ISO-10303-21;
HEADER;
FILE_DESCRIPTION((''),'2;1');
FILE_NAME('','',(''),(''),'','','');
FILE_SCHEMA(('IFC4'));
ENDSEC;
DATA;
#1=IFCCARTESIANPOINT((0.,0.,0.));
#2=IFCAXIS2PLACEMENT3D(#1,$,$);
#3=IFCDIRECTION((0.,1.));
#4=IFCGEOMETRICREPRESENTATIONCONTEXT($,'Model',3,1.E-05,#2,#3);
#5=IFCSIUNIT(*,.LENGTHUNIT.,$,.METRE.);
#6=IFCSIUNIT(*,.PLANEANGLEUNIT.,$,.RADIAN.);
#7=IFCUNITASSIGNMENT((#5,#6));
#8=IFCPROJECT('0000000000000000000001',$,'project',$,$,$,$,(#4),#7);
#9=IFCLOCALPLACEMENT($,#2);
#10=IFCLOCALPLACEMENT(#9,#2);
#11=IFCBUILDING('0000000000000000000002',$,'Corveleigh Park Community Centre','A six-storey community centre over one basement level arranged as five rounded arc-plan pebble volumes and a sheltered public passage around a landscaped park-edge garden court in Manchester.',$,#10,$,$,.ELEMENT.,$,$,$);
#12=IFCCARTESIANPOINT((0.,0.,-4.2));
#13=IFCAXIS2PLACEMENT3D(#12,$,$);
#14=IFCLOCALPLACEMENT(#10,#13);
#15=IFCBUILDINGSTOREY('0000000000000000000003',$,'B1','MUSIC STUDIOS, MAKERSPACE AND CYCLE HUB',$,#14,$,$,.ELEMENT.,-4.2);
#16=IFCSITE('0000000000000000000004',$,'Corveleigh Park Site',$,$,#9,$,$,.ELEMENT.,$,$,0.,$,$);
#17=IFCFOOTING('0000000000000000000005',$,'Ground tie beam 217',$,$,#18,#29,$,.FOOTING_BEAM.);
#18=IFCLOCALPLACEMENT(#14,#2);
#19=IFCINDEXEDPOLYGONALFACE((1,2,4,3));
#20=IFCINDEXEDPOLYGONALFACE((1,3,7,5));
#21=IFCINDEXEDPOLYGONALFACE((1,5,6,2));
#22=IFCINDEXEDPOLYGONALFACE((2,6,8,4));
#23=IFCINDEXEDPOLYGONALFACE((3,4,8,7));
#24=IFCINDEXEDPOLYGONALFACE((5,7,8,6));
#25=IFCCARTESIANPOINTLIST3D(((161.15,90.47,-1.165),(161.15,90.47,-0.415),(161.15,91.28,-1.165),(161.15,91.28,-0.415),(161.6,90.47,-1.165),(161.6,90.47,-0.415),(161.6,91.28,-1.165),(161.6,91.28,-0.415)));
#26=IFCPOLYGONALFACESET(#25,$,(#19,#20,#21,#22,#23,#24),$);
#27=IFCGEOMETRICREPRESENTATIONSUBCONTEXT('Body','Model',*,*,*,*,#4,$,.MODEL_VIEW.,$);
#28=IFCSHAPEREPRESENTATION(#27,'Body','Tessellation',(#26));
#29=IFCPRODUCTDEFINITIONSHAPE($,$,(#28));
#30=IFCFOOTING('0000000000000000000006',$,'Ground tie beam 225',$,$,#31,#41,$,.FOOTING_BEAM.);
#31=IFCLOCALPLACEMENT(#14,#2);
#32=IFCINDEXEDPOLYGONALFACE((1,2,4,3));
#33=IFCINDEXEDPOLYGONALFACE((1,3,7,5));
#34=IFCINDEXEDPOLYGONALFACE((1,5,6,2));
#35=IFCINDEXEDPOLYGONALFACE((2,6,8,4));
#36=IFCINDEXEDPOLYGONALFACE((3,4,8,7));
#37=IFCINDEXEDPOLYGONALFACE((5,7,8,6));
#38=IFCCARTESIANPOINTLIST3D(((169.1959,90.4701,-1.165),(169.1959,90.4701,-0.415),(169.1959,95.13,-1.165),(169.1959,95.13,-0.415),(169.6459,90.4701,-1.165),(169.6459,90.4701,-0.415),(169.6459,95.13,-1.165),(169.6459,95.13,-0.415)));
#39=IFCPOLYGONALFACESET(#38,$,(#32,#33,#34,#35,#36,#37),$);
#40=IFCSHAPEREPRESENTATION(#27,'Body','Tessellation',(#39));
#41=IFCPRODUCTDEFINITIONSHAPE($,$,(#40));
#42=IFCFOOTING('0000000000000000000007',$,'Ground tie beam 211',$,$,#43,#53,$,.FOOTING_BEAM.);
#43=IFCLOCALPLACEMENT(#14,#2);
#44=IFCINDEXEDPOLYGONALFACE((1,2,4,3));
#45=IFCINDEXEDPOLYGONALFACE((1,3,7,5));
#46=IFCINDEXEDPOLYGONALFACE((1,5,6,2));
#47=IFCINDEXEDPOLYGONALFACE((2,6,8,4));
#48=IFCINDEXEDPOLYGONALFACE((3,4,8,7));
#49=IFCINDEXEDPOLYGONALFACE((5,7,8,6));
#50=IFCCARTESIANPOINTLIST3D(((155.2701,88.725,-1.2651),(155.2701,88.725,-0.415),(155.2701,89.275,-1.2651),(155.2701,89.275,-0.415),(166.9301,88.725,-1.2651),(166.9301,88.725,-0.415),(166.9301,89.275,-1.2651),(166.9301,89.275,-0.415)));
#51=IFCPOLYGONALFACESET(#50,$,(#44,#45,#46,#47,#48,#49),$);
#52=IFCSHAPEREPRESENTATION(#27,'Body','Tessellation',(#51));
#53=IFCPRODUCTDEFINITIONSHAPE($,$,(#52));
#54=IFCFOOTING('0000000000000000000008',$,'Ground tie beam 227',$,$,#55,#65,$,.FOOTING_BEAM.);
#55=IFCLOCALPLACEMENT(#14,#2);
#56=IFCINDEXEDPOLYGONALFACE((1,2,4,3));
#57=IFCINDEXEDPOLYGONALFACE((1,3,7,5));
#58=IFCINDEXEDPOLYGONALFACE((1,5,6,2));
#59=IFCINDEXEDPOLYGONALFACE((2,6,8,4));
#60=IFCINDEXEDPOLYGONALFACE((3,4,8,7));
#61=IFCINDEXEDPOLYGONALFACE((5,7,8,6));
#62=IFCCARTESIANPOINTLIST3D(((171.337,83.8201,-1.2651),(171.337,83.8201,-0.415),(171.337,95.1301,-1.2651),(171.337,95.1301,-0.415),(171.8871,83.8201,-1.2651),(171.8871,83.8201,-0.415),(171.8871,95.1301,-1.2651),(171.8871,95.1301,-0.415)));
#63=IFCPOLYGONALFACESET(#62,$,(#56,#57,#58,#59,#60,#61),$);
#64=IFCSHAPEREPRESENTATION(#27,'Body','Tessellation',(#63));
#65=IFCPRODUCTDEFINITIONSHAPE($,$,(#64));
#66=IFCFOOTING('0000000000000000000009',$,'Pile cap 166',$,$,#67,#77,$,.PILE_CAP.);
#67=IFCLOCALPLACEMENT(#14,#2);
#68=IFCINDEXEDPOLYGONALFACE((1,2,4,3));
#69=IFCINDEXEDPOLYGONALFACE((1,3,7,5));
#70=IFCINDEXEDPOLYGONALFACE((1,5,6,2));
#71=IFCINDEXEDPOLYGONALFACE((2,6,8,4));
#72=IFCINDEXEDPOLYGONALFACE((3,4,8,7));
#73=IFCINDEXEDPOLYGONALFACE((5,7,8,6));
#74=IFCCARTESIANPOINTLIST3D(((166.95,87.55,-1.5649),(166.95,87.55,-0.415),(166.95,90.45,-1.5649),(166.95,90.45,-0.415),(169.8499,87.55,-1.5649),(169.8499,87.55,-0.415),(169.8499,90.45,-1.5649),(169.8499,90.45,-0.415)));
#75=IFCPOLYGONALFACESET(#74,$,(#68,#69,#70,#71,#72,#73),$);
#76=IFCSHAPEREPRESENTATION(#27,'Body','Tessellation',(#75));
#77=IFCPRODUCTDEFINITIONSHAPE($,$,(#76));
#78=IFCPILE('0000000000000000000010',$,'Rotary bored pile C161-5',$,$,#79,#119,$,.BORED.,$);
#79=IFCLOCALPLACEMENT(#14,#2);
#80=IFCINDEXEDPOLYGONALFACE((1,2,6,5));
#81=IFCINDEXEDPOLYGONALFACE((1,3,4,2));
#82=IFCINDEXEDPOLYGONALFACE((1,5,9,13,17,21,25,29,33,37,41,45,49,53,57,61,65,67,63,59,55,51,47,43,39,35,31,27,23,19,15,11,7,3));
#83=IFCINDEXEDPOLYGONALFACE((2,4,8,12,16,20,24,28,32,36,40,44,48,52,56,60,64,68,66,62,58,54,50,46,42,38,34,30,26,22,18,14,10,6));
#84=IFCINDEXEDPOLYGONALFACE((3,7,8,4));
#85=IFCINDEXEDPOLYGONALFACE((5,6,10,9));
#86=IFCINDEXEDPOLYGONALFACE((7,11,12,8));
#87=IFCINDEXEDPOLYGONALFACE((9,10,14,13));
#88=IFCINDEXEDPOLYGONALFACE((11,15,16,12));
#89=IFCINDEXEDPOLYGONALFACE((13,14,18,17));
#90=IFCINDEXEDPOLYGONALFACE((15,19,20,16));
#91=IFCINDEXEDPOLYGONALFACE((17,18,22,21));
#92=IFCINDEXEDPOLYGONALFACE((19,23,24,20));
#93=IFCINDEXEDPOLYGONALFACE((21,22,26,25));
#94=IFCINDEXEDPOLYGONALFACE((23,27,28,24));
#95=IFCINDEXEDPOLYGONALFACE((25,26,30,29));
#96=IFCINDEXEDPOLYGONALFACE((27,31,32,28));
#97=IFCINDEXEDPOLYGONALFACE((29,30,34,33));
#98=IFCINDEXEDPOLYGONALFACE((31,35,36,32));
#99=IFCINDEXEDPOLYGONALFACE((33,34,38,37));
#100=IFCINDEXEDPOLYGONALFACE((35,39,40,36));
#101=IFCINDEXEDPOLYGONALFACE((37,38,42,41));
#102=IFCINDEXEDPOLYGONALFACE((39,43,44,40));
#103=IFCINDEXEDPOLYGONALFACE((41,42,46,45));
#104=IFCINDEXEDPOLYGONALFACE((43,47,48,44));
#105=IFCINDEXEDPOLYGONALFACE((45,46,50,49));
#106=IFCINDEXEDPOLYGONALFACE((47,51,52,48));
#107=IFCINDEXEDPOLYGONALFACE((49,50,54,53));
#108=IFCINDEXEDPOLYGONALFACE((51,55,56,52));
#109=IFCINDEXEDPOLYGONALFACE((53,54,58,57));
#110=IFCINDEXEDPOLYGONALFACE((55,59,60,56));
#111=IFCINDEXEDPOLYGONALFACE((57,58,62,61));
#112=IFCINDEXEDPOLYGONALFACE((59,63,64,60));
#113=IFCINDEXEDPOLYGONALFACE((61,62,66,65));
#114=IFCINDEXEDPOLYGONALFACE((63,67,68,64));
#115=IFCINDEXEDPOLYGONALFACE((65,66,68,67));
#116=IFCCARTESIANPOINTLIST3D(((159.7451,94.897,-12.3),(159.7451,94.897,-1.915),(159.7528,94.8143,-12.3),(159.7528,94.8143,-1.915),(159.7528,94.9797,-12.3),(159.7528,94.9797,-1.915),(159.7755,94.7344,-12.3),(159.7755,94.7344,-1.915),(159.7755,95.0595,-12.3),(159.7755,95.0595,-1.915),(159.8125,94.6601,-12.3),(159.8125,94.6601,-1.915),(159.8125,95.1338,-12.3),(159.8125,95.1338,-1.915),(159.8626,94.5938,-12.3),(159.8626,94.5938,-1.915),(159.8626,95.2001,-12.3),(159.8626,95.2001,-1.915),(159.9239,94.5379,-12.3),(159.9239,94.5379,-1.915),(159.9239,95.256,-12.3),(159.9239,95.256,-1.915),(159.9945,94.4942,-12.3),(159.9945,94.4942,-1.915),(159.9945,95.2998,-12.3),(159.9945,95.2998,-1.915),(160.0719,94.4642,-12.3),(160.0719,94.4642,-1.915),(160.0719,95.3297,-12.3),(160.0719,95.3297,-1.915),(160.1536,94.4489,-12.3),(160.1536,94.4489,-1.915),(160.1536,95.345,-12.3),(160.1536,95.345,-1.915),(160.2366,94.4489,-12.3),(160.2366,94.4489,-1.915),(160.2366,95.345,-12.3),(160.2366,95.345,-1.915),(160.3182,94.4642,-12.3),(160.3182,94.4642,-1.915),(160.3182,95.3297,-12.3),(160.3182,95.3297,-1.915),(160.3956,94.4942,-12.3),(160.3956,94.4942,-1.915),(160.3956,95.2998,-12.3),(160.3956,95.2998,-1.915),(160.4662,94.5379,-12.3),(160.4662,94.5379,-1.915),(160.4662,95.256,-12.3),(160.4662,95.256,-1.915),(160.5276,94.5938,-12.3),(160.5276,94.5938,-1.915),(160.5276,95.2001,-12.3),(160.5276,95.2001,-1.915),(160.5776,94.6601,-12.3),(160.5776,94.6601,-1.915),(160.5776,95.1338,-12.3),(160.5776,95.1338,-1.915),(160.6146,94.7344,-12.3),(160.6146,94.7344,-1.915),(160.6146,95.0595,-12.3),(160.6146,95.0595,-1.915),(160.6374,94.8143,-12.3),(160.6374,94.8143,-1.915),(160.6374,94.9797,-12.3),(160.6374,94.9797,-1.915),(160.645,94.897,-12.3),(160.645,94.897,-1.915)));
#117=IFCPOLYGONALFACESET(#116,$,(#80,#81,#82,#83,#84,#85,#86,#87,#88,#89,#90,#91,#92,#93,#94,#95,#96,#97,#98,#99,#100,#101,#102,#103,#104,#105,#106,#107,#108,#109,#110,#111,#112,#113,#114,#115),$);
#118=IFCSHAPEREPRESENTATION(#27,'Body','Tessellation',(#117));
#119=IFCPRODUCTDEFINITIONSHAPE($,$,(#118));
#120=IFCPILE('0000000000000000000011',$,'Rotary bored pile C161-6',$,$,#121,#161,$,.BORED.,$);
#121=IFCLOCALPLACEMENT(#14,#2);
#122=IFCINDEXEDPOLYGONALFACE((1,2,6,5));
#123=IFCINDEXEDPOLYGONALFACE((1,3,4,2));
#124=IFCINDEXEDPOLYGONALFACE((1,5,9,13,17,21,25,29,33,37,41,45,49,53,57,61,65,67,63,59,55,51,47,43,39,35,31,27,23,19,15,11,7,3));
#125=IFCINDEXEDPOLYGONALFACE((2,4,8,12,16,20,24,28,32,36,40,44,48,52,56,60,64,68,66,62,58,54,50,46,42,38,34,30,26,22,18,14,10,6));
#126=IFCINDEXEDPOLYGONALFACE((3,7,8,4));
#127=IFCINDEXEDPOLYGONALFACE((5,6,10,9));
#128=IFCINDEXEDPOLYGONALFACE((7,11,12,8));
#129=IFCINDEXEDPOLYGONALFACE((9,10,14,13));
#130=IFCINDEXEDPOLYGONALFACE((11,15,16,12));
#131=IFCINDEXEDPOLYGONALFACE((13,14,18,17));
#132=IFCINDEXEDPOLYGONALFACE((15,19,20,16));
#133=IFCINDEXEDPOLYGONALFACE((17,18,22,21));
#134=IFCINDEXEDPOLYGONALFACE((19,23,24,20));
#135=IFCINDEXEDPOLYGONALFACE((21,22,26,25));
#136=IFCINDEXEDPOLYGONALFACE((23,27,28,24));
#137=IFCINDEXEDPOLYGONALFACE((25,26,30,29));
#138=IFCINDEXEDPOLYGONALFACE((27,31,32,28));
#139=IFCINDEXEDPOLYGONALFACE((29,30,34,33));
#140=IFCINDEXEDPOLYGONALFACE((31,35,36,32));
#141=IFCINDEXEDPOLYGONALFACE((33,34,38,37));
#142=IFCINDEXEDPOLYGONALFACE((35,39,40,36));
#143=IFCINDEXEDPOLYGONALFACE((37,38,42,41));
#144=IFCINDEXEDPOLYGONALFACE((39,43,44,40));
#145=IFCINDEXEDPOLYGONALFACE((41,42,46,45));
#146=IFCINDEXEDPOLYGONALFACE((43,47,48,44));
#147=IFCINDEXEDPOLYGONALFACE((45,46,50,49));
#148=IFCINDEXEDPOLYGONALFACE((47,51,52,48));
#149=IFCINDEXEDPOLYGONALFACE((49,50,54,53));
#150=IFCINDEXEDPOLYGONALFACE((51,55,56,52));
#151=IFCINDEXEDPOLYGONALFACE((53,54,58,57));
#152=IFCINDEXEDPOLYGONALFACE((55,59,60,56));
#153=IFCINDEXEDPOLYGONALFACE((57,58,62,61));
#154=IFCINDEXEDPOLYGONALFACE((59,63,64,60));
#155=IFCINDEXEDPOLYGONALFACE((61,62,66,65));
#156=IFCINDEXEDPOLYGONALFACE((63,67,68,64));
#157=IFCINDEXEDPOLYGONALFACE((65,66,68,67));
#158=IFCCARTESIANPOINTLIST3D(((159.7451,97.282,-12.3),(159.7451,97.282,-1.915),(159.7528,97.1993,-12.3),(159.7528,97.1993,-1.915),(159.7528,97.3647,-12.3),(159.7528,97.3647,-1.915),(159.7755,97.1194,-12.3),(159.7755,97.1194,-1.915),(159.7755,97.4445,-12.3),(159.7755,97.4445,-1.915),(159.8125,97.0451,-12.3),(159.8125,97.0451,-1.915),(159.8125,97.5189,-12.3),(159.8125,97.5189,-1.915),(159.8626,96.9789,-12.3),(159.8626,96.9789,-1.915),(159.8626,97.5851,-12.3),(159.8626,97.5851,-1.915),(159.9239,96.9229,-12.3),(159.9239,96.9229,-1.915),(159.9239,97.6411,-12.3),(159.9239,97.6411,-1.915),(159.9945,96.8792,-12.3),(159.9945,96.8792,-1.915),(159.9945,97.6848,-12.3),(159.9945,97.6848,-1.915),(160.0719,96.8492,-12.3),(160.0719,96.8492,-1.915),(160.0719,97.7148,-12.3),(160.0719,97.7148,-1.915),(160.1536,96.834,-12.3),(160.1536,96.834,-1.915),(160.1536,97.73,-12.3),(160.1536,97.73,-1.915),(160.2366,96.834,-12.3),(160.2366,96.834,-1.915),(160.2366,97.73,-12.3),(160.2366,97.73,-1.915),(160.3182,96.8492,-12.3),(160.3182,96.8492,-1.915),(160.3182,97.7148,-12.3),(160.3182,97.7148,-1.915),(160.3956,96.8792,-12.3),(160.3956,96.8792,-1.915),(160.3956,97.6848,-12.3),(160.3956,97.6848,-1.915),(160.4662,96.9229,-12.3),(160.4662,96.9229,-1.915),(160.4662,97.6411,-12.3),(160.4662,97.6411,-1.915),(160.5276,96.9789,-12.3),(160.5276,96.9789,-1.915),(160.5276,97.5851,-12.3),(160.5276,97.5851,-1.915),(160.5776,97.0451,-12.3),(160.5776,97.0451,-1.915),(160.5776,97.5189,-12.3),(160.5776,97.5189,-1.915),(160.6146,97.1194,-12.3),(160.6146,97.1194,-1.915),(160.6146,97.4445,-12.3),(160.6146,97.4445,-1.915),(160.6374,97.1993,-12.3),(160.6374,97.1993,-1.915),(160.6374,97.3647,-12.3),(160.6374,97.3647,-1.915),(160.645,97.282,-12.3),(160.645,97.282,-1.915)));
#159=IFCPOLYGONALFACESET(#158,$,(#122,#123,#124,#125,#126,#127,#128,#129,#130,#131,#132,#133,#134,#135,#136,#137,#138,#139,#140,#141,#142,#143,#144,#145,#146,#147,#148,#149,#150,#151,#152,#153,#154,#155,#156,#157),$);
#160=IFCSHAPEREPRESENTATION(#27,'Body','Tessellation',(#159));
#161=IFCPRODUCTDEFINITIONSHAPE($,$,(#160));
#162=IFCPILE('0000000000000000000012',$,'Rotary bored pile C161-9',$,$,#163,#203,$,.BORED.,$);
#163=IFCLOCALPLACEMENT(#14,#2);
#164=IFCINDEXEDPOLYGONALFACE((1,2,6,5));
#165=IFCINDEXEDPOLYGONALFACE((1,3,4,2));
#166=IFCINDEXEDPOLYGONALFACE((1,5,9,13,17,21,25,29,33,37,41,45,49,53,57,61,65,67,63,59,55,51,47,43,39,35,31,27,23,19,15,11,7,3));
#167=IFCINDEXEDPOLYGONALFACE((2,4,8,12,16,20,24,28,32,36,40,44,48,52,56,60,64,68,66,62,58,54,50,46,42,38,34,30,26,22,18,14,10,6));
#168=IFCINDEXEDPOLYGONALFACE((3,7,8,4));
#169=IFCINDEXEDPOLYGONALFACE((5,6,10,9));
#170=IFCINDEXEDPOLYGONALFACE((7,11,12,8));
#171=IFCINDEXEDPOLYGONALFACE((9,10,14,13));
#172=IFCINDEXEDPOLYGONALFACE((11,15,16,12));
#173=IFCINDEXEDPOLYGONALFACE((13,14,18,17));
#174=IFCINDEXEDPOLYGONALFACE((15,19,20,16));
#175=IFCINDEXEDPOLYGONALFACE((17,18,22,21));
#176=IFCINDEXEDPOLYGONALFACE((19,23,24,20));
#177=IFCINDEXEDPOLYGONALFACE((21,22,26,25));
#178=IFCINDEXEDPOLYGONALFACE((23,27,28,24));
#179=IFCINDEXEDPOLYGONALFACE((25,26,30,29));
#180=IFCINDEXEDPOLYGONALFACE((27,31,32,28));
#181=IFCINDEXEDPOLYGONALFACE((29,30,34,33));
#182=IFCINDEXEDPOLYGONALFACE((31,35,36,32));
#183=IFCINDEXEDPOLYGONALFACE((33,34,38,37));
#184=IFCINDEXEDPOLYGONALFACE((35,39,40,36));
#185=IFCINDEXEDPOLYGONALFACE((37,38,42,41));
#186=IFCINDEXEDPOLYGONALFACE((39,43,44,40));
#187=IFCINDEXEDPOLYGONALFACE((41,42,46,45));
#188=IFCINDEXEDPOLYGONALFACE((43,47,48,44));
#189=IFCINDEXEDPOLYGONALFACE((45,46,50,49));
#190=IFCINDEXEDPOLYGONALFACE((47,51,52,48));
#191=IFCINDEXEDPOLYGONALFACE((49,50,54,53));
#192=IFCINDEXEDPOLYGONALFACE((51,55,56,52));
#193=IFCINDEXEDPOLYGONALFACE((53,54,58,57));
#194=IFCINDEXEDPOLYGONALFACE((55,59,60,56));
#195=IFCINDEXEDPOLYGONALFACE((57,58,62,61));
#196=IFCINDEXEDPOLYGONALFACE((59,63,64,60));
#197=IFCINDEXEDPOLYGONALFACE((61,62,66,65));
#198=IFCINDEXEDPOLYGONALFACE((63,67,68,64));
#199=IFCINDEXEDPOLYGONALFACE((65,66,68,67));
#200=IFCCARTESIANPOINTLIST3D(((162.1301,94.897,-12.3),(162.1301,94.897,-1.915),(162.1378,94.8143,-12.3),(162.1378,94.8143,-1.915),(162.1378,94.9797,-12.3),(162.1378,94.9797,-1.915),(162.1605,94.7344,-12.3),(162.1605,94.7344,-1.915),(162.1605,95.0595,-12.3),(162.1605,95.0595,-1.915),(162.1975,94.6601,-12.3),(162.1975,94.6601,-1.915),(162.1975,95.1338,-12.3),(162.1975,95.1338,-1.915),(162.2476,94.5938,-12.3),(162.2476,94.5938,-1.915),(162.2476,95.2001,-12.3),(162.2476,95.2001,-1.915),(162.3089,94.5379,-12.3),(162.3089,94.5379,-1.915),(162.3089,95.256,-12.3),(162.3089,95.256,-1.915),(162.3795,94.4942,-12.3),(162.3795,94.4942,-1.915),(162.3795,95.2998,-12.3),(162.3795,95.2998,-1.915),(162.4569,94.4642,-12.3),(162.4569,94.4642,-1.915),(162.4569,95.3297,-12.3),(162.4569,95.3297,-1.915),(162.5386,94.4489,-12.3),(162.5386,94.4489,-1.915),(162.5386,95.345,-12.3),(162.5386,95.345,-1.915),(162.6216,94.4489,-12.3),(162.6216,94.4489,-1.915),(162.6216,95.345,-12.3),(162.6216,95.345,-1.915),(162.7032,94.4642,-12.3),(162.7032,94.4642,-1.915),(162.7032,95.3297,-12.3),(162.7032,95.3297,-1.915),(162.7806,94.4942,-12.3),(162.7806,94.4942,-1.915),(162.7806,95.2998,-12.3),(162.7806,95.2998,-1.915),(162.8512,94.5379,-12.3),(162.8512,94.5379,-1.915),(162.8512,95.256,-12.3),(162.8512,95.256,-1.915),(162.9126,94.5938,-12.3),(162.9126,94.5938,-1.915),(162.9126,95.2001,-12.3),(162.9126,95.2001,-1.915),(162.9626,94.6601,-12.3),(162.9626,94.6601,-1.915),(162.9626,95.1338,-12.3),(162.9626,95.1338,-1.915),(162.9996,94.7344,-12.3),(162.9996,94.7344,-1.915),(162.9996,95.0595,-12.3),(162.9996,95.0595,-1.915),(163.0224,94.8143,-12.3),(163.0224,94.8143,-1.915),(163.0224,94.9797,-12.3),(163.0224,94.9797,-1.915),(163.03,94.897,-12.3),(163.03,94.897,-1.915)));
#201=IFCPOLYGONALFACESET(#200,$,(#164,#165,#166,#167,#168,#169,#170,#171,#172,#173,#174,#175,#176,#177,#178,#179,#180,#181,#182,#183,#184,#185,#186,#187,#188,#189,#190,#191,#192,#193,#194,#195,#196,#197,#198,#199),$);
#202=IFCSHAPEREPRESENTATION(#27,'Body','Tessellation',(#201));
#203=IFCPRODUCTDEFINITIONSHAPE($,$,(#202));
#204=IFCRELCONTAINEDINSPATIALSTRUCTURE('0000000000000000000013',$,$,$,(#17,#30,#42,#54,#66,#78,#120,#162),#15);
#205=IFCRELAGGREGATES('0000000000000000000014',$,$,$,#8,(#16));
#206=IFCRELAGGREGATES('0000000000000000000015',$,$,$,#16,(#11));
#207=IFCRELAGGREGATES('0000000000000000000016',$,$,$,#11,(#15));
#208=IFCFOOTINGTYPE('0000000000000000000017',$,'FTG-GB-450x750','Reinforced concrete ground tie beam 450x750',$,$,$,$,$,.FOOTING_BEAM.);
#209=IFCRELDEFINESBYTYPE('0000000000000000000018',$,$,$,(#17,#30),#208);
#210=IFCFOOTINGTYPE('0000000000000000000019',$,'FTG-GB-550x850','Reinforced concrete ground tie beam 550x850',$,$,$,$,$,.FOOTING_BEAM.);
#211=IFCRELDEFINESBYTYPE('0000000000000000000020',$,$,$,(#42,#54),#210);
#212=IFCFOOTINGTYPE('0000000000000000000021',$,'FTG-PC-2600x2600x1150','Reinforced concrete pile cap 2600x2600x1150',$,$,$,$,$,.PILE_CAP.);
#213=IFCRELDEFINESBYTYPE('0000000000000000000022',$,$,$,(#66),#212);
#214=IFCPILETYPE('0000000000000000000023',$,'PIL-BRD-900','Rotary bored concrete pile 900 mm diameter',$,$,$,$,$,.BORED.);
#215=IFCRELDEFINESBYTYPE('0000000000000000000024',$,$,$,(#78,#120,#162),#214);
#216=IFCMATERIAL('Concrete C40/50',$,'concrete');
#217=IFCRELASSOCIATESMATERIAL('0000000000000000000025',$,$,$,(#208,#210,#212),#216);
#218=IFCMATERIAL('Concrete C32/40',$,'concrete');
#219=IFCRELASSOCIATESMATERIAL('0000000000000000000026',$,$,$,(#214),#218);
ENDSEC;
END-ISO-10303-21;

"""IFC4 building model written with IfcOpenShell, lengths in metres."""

from ifc_helpers import new_model, si_unit, direction, frame, origin, origin_2d, place, context, subcontext, project, spatial, rectangle, circle, extrude, material, material_profile, profile_set, type_object, element, save


model = new_model("IFC4")

# Units and contexts
model_context = context("Model", 3, precision=1e-05, world=origin(), true_north=direction((0.0, 1.0)))
body_context = subcontext(model_context, "Body", "Model", "MODEL_VIEW")
ifc_project = project(units=[si_unit("LENGTHUNIT", "METRE"), si_unit("PLANEANGLEUNIT", "RADIAN")], contexts=[model_context])

# Site, building, storey
site_placement = place(None, origin())
site = spatial("IfcSite", under=ifc_project, at=site_placement, Name="Corveleigh Park Site", CompositionType="ELEMENT", RefElevation=0.0)
building_placement = place(site_placement, origin())
building = spatial("IfcBuilding", under=site, at=building_placement, Name="Corveleigh Park Community Centre", Description="A six-storey community centre over one basement level arranged as five rounded arc-plan pebble volumes and a sheltered public passage around a landscaped park-edge garden court in Manchester.", CompositionType="ELEMENT")
storey_placement = place(building_placement, frame((0.0, 0.0, -4.2)))
storey = spatial("IfcBuildingStorey", under=building, at=storey_placement, Name="B1", Description="MUSIC STUDIOS, MAKERSPACE AND CYCLE HUB", CompositionType="ELEMENT", Elevation=-4.2)

# Footings
ifc_material_1 = material(Name="Concrete C40/50", Category="concrete")
footing_type_1 = type_object("IfcFootingType", Name="FTG-GB-450x750", Description="Reinforced concrete ground tie beam 450x750", PredefinedType="FOOTING_BEAM", material=ifc_material_1)
footing_1_placement = place(storey_placement, frame((161.375, 90.875, -1.165), z_axis=(0.0, 0.0, 1.0), x_axis=(1.0, 0.0, 0.0)))
element("IfcFooting", 1, at=footing_1_placement, inside=storey, type_object=footing_type_1, Name="Ground tie beam 217", PredefinedType="FOOTING_BEAM", context=body_context, shape_type="SweptSolid", body=[
    extrude(rectangle(XDim=0.45, YDim=0.8101, at=origin_2d()), origin(), (0.0, 0.0, 1.0), 0.75),
])
footing_2_placement = place(storey_placement, frame((169.4209, 92.8, -1.165), z_axis=(0.0, 0.0, 1.0), x_axis=(1.0, 0.0, 0.0)))
element("IfcFooting", 2, at=footing_2_placement, inside=storey, type_object=footing_type_1, Name="Ground tie beam 225", PredefinedType="FOOTING_BEAM", context=body_context, shape_type="SweptSolid", body=[
    extrude(rectangle(XDim=0.45, YDim=4.6599, at=origin_2d()), origin(), (0.0, 0.0, 1.0), 0.75),
])
footing_type_2 = type_object("IfcFootingType", Name="FTG-GB-550x850", Description="Reinforced concrete ground tie beam 550x850", PredefinedType="FOOTING_BEAM", material=ifc_material_1)
footing_3_placement = place(storey_placement, frame((161.1001, 89.0, -1.2651), z_axis=(0.0, 0.0, 1.0), x_axis=(1.0, 0.0, 0.0)))
element("IfcFooting", 3, at=footing_3_placement, inside=storey, type_object=footing_type_2, Name="Ground tie beam 211", PredefinedType="FOOTING_BEAM", context=body_context, shape_type="SweptSolid", body=[
    extrude(rectangle(XDim=11.6599, YDim=0.55, at=origin_2d()), origin(), (0.0, 0.0, 1.0), 0.8501),
])
footing_4_placement = place(storey_placement, frame((171.6121, 89.4751, -1.2651), z_axis=(0.0, 0.0, 1.0), x_axis=(1.0, 0.0, 0.0)))
element("IfcFooting", 4, at=footing_4_placement, inside=storey, type_object=footing_type_2, Name="Ground tie beam 227", PredefinedType="FOOTING_BEAM", context=body_context, shape_type="SweptSolid", body=[
    extrude(rectangle(XDim=0.55, YDim=11.3101, at=origin_2d()), origin(), (0.0, 0.0, 1.0), 0.8501),
])
footing_type_3 = type_object("IfcFootingType", Name="FTG-PC-2600x2600x1150", Description="Reinforced concrete pile cap 2600x2600x1150", PredefinedType="PILE_CAP", material=ifc_material_1)
footing_5_placement = place(storey_placement, frame((168.3999, 89.0, -1.5649), z_axis=(0.0, 0.0, 1.0), x_axis=(1.0, 0.0, 0.0)))
element("IfcFooting", 5, at=footing_5_placement, inside=storey, type_object=footing_type_3, Name="Pile cap 166", PredefinedType="PILE_CAP", context=body_context, shape_type="SweptSolid", body=[
    extrude(rectangle(XDim=2.8999, YDim=2.8999, at=origin_2d()), origin(), (0.0, 0.0, 1.0), 1.1499),
])

# Piles
ifc_material_2 = material(Name="Concrete C32/40", Category="concrete")
ifc_material_profile_1 = material_profile(ifc_material_2, circle(Radius=0.45, at=origin_2d()), Name="BORED-PILE-900", Category="concrete")
ifc_profile_set_1 = profile_set([ifc_material_profile_1], Name="Concrete C32/40")
pile_type = type_object("IfcPileType", Name="PIL-BRD-900", Description="Rotary bored concrete pile 900 mm diameter", PredefinedType="BORED", material=ifc_profile_set_1)
for number, where, z_axis, x_axis, name in (
    (6, (160.1951, 94.897, -1.915), (0.0, 0.0, -1.0), (1.0, 0.0, 0.0), "Rotary bored pile C161-5"),
    (7, (160.1951, 97.282, -1.915), (0.0, 0.0, -1.0), (1.0, 0.0, 0.0), "Rotary bored pile C161-6"),
    (8, (162.5801, 94.897, -1.915), (0.0, 0.0, -1.0), (1.0, 0.0, 0.0), "Rotary bored pile C161-9"),
):
    element("IfcPile", number, at=place(storey_placement, frame(where, z_axis=z_axis, x_axis=x_axis)), inside=storey, type_object=pile_type, Name=name, PredefinedType="BORED", context=body_context, shape_type="SweptSolid", body=[
        extrude(circle(Radius=0.45, at=origin_2d()), origin(), (0.0, 0.0, 1.0), 10.385),
    ])

save(model, "model.ifc")
